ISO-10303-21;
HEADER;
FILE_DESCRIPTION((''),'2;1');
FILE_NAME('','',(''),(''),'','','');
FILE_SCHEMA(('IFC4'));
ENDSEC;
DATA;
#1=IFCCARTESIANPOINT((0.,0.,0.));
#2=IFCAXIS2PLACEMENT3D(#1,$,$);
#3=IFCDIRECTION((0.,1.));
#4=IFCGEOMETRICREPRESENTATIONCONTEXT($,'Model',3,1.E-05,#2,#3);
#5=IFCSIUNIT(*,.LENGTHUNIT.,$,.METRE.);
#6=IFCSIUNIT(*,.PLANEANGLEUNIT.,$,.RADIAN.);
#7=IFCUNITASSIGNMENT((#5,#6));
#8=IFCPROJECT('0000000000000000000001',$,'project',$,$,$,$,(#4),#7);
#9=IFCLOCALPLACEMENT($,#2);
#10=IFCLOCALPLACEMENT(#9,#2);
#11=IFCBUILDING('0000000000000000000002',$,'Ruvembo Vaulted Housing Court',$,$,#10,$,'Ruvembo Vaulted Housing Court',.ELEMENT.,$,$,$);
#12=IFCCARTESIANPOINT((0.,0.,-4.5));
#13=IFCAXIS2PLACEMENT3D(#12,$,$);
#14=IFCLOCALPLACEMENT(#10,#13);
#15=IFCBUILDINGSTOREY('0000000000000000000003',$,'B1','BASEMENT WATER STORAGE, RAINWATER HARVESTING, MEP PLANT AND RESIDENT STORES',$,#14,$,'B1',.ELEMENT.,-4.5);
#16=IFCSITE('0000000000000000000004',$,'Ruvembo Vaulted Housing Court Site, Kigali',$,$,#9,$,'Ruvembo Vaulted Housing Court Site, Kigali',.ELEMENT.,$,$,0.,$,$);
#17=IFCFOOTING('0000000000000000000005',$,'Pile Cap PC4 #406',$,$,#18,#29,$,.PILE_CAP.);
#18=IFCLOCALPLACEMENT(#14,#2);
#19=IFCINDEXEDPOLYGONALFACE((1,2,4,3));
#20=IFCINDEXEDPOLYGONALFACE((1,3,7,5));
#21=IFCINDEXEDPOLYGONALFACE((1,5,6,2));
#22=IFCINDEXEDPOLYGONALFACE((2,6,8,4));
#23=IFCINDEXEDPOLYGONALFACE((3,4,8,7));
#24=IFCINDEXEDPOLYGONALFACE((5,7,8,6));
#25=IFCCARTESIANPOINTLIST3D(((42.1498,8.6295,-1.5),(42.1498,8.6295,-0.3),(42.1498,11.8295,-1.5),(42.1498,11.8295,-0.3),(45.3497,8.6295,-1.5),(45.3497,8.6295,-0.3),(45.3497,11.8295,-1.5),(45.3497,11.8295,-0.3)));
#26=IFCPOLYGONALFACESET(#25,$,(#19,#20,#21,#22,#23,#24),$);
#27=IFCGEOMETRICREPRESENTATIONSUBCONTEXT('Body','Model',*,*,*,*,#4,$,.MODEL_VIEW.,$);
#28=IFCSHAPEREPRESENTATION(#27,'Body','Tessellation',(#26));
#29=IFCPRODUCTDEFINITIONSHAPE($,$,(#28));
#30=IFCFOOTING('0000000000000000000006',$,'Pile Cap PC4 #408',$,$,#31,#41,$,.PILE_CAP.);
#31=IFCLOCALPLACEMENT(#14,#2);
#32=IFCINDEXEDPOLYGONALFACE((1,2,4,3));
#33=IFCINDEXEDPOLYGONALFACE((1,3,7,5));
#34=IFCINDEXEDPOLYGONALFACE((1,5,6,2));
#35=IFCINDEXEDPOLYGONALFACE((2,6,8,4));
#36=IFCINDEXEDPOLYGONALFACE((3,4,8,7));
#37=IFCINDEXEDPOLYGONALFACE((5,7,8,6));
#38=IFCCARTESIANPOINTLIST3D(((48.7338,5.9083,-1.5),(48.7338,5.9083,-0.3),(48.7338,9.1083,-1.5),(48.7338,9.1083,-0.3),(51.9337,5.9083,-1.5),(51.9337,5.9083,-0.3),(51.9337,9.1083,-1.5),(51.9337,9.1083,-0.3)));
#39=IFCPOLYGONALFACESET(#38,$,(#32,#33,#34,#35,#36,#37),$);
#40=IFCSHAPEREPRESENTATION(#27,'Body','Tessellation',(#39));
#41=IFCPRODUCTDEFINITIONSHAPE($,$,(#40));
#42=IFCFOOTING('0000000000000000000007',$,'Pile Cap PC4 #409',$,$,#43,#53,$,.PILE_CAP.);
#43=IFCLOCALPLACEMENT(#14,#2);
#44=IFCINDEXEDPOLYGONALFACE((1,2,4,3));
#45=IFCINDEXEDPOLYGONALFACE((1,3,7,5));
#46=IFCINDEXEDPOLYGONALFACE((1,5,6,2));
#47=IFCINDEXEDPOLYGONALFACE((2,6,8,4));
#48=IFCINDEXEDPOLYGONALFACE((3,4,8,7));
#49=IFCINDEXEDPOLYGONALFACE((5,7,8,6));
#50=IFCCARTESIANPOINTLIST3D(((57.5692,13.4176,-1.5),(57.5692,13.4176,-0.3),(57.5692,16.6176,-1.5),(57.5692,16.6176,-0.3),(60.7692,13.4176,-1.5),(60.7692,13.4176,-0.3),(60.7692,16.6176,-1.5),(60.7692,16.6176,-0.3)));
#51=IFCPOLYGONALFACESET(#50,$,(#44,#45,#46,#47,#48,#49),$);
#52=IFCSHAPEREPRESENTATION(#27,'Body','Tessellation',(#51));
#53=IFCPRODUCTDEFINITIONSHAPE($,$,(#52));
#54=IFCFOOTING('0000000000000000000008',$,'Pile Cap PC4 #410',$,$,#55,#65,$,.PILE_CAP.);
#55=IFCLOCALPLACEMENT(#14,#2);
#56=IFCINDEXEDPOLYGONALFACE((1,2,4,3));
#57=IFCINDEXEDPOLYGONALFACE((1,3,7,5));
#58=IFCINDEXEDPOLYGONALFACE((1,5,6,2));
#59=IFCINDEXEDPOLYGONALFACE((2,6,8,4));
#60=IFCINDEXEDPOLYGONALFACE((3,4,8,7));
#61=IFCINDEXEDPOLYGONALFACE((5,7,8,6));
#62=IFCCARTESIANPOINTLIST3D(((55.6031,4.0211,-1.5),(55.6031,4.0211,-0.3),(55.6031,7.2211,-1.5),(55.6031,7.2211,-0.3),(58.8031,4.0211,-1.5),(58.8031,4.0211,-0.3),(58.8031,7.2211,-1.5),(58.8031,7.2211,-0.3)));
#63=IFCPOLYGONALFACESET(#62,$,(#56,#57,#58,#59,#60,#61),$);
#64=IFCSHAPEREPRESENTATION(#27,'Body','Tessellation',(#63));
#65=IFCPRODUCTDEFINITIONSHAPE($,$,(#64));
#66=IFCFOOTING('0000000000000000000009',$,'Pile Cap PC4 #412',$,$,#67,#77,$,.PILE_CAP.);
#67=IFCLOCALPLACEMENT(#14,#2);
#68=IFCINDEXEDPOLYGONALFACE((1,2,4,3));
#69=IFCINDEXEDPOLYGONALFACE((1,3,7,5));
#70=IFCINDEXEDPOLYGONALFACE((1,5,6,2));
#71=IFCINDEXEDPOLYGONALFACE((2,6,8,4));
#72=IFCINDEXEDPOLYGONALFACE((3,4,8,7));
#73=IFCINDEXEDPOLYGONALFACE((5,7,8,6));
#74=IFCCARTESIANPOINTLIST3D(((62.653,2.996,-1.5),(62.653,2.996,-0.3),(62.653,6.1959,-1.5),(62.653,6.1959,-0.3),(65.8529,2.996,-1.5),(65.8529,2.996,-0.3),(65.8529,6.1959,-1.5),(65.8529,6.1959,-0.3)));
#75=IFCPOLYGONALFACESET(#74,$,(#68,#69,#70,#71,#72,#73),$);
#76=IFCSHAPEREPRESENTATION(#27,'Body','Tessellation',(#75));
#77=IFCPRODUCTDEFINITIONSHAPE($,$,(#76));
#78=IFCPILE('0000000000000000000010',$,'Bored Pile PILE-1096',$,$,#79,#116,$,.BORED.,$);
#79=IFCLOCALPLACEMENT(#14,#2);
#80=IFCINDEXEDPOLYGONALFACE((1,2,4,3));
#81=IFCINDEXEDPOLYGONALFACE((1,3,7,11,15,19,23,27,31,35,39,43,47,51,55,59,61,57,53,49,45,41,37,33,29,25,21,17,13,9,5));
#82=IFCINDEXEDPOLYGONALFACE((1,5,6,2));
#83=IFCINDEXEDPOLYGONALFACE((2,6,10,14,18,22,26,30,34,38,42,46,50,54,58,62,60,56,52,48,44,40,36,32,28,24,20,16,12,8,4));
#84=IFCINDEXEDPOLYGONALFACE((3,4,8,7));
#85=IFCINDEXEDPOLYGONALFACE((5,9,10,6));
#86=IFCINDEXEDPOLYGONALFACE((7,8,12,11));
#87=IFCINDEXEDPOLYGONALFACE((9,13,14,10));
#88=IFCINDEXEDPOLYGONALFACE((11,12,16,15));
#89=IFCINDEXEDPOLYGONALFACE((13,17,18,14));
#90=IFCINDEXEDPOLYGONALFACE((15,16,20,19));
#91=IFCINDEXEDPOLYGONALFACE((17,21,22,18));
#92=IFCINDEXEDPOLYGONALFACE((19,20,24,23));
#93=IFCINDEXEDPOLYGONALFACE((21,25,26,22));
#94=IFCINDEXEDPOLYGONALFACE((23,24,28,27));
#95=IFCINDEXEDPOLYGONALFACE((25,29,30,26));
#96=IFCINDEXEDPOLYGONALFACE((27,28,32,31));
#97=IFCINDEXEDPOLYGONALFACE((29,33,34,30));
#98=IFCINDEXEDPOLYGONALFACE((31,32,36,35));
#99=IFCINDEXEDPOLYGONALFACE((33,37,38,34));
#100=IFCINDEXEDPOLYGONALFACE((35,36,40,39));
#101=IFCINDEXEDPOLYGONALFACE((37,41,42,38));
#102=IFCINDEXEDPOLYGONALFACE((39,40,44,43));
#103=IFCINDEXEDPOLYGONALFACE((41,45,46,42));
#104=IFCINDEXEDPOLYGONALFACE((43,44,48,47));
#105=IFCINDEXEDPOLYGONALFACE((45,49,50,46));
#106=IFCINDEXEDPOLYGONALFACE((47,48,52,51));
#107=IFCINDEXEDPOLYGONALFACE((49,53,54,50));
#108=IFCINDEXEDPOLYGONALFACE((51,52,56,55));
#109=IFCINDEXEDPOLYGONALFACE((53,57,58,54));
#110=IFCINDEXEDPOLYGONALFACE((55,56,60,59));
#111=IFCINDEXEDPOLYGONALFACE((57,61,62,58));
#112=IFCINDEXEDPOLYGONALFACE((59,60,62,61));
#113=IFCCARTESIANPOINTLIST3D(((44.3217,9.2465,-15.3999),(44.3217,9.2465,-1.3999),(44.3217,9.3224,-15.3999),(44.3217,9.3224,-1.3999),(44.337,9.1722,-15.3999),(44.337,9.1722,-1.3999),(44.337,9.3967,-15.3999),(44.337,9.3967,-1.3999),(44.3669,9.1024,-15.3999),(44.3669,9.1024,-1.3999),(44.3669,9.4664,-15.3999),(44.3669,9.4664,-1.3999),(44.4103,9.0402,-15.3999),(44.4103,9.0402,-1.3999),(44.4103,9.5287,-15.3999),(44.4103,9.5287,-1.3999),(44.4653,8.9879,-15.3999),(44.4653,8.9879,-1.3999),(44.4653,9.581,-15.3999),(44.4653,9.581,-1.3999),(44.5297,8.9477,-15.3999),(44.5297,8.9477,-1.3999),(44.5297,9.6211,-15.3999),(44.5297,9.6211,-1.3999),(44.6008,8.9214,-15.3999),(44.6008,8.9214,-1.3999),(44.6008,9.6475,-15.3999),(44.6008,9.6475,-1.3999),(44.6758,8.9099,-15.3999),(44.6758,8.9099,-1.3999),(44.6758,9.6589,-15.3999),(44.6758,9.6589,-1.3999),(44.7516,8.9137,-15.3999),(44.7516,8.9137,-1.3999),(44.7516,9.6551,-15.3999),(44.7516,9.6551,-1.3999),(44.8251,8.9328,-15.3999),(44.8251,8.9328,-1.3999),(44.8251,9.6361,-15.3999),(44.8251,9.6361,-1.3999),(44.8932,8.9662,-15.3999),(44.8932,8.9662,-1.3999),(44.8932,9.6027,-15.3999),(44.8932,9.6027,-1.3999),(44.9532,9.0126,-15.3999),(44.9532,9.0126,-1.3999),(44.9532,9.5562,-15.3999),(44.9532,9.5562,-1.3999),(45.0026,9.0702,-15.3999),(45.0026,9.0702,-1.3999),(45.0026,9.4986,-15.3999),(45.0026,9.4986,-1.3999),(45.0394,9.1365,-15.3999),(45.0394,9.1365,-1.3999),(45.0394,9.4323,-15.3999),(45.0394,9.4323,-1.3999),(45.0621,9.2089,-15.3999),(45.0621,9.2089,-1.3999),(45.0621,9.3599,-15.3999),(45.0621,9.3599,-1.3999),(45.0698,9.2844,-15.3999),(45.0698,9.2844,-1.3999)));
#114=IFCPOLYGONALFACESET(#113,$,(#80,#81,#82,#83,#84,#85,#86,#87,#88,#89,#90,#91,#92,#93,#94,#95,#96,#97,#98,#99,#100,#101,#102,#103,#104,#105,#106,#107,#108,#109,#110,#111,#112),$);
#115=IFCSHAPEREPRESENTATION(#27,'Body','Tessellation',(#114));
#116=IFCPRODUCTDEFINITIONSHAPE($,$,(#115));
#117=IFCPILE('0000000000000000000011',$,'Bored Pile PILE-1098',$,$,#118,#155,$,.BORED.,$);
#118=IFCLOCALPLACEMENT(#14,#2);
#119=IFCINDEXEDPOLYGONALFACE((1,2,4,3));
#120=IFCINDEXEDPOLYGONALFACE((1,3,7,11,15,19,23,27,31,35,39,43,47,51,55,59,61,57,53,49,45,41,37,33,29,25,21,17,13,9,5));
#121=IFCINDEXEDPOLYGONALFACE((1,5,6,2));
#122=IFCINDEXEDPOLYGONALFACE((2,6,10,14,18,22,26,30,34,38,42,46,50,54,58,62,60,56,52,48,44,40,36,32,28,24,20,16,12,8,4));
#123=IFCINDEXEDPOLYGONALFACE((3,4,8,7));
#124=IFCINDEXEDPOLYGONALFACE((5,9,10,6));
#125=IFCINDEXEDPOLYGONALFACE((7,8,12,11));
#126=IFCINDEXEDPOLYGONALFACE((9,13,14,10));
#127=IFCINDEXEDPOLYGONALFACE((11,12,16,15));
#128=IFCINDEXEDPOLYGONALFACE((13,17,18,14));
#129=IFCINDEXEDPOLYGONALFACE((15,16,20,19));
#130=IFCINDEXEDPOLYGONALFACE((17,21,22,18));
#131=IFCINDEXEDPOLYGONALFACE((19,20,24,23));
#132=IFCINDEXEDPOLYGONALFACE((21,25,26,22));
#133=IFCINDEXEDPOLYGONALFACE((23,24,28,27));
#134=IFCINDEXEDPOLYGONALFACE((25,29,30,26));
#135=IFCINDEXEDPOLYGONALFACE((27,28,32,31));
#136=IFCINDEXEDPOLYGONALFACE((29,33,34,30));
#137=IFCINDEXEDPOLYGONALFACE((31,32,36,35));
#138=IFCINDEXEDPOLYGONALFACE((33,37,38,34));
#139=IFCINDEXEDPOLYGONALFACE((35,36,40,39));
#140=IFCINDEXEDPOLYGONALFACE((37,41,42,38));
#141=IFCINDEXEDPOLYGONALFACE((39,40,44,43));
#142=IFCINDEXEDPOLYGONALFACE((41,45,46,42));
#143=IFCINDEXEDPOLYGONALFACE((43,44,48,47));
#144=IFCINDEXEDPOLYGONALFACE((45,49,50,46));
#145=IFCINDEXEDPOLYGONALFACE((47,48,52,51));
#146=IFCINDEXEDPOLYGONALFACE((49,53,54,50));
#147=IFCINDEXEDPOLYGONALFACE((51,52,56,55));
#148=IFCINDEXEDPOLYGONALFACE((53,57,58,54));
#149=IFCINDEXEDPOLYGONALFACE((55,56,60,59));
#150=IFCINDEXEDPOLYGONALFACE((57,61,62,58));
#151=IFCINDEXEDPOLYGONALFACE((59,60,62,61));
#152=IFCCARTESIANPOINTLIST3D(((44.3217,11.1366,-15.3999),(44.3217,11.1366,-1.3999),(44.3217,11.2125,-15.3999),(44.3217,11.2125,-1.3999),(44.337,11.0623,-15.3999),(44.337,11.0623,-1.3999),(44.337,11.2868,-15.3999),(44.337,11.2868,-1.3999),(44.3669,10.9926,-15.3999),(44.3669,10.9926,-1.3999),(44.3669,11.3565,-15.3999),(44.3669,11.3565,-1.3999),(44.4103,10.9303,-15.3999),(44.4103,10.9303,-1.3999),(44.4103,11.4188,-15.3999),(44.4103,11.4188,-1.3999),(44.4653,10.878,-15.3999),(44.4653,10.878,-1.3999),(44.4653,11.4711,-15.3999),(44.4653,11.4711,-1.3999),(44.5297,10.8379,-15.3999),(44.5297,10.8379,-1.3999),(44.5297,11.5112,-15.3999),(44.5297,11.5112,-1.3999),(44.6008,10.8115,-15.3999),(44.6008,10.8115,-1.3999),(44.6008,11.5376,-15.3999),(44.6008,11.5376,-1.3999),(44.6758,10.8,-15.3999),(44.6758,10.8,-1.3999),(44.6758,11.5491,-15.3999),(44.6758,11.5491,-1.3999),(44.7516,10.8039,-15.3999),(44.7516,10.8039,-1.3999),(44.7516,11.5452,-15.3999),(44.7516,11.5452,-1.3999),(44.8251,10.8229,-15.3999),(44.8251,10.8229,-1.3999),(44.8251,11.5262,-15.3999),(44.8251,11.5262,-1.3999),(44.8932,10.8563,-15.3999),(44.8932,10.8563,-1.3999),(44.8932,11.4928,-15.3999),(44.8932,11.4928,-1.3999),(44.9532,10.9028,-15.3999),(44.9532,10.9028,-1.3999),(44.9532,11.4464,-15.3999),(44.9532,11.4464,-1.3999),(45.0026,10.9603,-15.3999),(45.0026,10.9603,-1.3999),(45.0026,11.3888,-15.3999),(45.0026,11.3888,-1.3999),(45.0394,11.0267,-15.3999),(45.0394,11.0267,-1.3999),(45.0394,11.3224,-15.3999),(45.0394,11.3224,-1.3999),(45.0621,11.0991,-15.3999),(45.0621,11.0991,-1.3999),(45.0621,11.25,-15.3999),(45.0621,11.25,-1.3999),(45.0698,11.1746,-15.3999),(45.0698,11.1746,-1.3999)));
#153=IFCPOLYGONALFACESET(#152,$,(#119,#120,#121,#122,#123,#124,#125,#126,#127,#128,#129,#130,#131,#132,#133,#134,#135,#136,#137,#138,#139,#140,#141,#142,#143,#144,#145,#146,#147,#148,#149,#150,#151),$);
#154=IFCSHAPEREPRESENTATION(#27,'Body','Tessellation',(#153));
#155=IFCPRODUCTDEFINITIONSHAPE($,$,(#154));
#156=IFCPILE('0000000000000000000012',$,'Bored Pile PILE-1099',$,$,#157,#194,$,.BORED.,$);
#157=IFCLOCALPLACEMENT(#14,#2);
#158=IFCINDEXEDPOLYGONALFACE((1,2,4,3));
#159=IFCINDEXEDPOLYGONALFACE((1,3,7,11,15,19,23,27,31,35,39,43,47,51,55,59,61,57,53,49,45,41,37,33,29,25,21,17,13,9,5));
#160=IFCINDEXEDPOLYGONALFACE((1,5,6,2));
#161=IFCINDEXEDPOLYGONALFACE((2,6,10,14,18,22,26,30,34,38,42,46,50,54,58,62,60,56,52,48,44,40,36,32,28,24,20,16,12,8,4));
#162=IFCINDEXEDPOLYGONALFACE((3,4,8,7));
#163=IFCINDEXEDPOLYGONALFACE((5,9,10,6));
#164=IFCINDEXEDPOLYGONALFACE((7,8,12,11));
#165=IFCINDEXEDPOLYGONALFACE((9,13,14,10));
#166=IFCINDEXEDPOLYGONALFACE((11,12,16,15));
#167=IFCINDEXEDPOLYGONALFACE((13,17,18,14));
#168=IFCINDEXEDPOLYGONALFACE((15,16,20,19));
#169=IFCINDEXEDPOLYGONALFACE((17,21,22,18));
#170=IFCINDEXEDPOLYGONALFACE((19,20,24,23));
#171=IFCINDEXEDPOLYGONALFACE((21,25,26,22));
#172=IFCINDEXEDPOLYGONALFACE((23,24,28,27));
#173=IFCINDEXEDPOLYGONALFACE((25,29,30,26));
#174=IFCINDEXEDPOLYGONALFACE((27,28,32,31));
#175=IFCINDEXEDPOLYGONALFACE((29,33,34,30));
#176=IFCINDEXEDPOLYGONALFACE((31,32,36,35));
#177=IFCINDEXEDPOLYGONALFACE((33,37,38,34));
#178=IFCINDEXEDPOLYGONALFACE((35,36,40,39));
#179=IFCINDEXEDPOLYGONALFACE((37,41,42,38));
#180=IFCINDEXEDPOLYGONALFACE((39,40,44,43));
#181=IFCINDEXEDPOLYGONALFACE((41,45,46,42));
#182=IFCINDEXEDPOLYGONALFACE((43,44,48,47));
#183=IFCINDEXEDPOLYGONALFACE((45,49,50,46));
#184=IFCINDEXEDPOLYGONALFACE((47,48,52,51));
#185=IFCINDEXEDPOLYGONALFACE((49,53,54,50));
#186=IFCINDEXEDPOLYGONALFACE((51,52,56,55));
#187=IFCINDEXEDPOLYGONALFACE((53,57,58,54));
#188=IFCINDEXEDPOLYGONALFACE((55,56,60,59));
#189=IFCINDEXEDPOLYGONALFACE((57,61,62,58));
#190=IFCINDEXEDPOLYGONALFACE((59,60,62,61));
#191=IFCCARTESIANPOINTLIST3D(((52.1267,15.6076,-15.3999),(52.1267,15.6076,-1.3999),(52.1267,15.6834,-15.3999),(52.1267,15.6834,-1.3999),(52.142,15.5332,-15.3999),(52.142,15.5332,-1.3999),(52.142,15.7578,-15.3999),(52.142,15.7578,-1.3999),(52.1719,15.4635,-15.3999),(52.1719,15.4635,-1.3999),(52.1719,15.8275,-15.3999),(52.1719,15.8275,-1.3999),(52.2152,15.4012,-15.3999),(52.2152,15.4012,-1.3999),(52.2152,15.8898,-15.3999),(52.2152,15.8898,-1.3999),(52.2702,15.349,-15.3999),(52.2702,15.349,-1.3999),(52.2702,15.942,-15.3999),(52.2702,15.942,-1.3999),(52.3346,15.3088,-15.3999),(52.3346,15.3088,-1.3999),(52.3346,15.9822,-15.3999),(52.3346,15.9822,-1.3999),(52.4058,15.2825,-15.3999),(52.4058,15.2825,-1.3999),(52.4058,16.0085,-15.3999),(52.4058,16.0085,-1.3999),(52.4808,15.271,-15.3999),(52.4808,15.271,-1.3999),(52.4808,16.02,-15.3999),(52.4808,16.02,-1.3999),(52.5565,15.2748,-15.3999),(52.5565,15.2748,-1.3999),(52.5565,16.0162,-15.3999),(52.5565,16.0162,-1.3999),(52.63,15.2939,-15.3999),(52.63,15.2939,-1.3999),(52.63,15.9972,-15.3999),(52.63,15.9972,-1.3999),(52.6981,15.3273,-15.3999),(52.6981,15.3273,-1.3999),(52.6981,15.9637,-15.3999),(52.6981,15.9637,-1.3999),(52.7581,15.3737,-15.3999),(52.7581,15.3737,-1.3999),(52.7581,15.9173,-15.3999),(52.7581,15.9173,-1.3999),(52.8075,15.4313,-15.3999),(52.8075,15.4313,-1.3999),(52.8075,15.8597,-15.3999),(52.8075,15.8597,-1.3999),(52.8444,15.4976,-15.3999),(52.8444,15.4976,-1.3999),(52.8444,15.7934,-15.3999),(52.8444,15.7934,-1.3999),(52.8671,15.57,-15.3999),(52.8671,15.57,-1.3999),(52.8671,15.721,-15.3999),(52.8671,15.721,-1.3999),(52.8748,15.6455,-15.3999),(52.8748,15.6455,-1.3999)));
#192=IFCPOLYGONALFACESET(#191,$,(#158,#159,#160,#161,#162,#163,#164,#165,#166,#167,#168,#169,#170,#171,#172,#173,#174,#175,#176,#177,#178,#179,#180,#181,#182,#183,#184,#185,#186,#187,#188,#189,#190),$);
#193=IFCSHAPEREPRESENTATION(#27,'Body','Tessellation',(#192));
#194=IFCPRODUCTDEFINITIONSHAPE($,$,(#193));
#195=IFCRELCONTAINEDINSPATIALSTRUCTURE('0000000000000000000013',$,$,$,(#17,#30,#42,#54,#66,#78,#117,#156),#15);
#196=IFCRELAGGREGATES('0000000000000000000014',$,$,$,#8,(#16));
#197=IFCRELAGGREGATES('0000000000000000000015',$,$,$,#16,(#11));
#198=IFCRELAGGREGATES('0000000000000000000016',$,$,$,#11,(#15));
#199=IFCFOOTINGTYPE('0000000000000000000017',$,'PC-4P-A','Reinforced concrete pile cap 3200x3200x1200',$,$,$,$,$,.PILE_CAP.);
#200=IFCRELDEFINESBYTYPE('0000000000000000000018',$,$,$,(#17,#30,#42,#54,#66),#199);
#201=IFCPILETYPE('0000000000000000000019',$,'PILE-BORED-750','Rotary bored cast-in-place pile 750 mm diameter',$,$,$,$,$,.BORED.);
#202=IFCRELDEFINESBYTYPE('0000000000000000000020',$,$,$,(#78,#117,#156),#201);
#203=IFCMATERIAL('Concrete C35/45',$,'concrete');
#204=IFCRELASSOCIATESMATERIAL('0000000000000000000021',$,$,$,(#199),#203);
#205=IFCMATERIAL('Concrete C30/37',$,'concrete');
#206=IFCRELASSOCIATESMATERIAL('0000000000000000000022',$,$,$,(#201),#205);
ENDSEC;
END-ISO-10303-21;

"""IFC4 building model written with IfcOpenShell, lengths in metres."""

from ifc_helpers import new_model, si_unit, direction, frame, origin, origin_2d, place, context, subcontext, project, spatial, rectangle, circle, extrude, material, material_profile, profile_set, type_object, element, save


model = new_model("IFC4")

# Units and contexts
model_context = context("Model", 3, precision=1e-05, world=origin(), true_north=direction((0.0, 1.0)))
body_context = subcontext(model_context, "Body", "Model", "MODEL_VIEW")
ifc_project = project(units=[si_unit("LENGTHUNIT", "METRE"), si_unit("PLANEANGLEUNIT", "RADIAN")], contexts=[model_context])

# Site, building, storey
site_placement = place(None, origin())
site = spatial("IfcSite", under=ifc_project, at=site_placement, Name="Ruvembo Vaulted Housing Court Site, Kigali", LongName="Ruvembo Vaulted Housing Court Site, Kigali", CompositionType="ELEMENT", RefElevation=0.0)
building_placement = place(site_placement, origin())
building = spatial("IfcBuilding", under=site, at=building_placement, Name="Ruvembo Vaulted Housing Court", LongName="Ruvembo Vaulted Housing Court", CompositionType="ELEMENT")
storey_placement = place(building_placement, frame((0.0, 0.0, -4.5)))
storey = spatial("IfcBuildingStorey", under=building, at=storey_placement, Name="B1", Description="BASEMENT WATER STORAGE, RAINWATER HARVESTING, MEP PLANT AND RESIDENT STORES", LongName="B1", CompositionType="ELEMENT", Elevation=-4.5)

# Footings
ifc_material_1 = material(Name="Concrete C35/45", Category="concrete")
footing_type = type_object("IfcFootingType", Name="PC-4P-A", Description="Reinforced concrete pile cap 3200x3200x1200", PredefinedType="PILE_CAP", material=ifc_material_1)
for number, where, z_axis, x_axis, name in (
    (1, (43.7498, 10.2295, -1.5), (0.0, 0.0, 1.0), (1.0, 0.0, 0.0), "Pile Cap PC4 #406"),
    (2, (50.3337, 7.5083, -1.5), (0.0, 0.0, 1.0), (1.0, 0.0, 0.0), "Pile Cap PC4 #408"),
    (3, (59.1692, 15.0176, -1.5), (0.0, 0.0, 1.0), (1.0, 0.0, 0.0), "Pile Cap PC4 #409"),
    (4, (57.2031, 5.6211, -1.5), (0.0, 0.0, 1.0), (1.0, 0.0, 0.0), "Pile Cap PC4 #410"),
    (5, (64.2529, 4.5959, -1.5), (0.0, 0.0, 1.0), (1.0, 0.0, 0.0), "Pile Cap PC4 #412"),
):
    element("IfcFooting", number, at=place(storey_placement, frame(where, z_axis=z_axis, x_axis=x_axis)), inside=storey, type_object=footing_type, Name=name, PredefinedType="PILE_CAP", context=body_context, shape_type="SweptSolid", body=[
        extrude(rectangle(XDim=3.2, YDim=3.2, at=origin_2d()), origin(), (0.0, 0.0, 1.0), 1.2),
    ])

# Piles
ifc_material_2 = material(Name="Concrete C30/37", Category="concrete")
ifc_material_profile_1 = material_profile(ifc_material_2, circle(Radius=0.375, at=origin_2d()), Name="PILE D750")
ifc_profile_set_1 = profile_set([ifc_material_profile_1], Name="Concrete C30/37")
pile_type = type_object("IfcPileType", Name="PILE-BORED-750", Description="Rotary bored cast-in-place pile 750 mm diameter", PredefinedType="BORED", material=ifc_profile_set_1)
for number, where, z_axis, x_axis, name in (
    (6, (44.6948, 9.2844, -1.3999), (0.0, 0.0, -1.0), (1.0, 0.0, 0.0), "Bored Pile PILE-1096"),
    (7, (44.6948, 11.1746, -1.3999), (0.0, 0.0, -1.0), (1.0, 0.0, 0.0), "Bored Pile PILE-1098"),
    (8, (52.4998, 15.6455, -1.3999), (0.0, 0.0, -1.0), (1.0, 0.0, 0.0), "Bored Pile PILE-1099"),
):
    element("IfcPile", number, at=place(storey_placement, frame(where, z_axis=z_axis, x_axis=x_axis)), inside=storey, type_object=pile_type, Name=name, PredefinedType="BORED", context=body_context, shape_type="SweptSolid", body=[
        extrude(circle(Radius=0.375, at=origin_2d()), origin(), (0.0, 0.0, 1.0), 14.0),
    ])

save(model, "model.ifc")
